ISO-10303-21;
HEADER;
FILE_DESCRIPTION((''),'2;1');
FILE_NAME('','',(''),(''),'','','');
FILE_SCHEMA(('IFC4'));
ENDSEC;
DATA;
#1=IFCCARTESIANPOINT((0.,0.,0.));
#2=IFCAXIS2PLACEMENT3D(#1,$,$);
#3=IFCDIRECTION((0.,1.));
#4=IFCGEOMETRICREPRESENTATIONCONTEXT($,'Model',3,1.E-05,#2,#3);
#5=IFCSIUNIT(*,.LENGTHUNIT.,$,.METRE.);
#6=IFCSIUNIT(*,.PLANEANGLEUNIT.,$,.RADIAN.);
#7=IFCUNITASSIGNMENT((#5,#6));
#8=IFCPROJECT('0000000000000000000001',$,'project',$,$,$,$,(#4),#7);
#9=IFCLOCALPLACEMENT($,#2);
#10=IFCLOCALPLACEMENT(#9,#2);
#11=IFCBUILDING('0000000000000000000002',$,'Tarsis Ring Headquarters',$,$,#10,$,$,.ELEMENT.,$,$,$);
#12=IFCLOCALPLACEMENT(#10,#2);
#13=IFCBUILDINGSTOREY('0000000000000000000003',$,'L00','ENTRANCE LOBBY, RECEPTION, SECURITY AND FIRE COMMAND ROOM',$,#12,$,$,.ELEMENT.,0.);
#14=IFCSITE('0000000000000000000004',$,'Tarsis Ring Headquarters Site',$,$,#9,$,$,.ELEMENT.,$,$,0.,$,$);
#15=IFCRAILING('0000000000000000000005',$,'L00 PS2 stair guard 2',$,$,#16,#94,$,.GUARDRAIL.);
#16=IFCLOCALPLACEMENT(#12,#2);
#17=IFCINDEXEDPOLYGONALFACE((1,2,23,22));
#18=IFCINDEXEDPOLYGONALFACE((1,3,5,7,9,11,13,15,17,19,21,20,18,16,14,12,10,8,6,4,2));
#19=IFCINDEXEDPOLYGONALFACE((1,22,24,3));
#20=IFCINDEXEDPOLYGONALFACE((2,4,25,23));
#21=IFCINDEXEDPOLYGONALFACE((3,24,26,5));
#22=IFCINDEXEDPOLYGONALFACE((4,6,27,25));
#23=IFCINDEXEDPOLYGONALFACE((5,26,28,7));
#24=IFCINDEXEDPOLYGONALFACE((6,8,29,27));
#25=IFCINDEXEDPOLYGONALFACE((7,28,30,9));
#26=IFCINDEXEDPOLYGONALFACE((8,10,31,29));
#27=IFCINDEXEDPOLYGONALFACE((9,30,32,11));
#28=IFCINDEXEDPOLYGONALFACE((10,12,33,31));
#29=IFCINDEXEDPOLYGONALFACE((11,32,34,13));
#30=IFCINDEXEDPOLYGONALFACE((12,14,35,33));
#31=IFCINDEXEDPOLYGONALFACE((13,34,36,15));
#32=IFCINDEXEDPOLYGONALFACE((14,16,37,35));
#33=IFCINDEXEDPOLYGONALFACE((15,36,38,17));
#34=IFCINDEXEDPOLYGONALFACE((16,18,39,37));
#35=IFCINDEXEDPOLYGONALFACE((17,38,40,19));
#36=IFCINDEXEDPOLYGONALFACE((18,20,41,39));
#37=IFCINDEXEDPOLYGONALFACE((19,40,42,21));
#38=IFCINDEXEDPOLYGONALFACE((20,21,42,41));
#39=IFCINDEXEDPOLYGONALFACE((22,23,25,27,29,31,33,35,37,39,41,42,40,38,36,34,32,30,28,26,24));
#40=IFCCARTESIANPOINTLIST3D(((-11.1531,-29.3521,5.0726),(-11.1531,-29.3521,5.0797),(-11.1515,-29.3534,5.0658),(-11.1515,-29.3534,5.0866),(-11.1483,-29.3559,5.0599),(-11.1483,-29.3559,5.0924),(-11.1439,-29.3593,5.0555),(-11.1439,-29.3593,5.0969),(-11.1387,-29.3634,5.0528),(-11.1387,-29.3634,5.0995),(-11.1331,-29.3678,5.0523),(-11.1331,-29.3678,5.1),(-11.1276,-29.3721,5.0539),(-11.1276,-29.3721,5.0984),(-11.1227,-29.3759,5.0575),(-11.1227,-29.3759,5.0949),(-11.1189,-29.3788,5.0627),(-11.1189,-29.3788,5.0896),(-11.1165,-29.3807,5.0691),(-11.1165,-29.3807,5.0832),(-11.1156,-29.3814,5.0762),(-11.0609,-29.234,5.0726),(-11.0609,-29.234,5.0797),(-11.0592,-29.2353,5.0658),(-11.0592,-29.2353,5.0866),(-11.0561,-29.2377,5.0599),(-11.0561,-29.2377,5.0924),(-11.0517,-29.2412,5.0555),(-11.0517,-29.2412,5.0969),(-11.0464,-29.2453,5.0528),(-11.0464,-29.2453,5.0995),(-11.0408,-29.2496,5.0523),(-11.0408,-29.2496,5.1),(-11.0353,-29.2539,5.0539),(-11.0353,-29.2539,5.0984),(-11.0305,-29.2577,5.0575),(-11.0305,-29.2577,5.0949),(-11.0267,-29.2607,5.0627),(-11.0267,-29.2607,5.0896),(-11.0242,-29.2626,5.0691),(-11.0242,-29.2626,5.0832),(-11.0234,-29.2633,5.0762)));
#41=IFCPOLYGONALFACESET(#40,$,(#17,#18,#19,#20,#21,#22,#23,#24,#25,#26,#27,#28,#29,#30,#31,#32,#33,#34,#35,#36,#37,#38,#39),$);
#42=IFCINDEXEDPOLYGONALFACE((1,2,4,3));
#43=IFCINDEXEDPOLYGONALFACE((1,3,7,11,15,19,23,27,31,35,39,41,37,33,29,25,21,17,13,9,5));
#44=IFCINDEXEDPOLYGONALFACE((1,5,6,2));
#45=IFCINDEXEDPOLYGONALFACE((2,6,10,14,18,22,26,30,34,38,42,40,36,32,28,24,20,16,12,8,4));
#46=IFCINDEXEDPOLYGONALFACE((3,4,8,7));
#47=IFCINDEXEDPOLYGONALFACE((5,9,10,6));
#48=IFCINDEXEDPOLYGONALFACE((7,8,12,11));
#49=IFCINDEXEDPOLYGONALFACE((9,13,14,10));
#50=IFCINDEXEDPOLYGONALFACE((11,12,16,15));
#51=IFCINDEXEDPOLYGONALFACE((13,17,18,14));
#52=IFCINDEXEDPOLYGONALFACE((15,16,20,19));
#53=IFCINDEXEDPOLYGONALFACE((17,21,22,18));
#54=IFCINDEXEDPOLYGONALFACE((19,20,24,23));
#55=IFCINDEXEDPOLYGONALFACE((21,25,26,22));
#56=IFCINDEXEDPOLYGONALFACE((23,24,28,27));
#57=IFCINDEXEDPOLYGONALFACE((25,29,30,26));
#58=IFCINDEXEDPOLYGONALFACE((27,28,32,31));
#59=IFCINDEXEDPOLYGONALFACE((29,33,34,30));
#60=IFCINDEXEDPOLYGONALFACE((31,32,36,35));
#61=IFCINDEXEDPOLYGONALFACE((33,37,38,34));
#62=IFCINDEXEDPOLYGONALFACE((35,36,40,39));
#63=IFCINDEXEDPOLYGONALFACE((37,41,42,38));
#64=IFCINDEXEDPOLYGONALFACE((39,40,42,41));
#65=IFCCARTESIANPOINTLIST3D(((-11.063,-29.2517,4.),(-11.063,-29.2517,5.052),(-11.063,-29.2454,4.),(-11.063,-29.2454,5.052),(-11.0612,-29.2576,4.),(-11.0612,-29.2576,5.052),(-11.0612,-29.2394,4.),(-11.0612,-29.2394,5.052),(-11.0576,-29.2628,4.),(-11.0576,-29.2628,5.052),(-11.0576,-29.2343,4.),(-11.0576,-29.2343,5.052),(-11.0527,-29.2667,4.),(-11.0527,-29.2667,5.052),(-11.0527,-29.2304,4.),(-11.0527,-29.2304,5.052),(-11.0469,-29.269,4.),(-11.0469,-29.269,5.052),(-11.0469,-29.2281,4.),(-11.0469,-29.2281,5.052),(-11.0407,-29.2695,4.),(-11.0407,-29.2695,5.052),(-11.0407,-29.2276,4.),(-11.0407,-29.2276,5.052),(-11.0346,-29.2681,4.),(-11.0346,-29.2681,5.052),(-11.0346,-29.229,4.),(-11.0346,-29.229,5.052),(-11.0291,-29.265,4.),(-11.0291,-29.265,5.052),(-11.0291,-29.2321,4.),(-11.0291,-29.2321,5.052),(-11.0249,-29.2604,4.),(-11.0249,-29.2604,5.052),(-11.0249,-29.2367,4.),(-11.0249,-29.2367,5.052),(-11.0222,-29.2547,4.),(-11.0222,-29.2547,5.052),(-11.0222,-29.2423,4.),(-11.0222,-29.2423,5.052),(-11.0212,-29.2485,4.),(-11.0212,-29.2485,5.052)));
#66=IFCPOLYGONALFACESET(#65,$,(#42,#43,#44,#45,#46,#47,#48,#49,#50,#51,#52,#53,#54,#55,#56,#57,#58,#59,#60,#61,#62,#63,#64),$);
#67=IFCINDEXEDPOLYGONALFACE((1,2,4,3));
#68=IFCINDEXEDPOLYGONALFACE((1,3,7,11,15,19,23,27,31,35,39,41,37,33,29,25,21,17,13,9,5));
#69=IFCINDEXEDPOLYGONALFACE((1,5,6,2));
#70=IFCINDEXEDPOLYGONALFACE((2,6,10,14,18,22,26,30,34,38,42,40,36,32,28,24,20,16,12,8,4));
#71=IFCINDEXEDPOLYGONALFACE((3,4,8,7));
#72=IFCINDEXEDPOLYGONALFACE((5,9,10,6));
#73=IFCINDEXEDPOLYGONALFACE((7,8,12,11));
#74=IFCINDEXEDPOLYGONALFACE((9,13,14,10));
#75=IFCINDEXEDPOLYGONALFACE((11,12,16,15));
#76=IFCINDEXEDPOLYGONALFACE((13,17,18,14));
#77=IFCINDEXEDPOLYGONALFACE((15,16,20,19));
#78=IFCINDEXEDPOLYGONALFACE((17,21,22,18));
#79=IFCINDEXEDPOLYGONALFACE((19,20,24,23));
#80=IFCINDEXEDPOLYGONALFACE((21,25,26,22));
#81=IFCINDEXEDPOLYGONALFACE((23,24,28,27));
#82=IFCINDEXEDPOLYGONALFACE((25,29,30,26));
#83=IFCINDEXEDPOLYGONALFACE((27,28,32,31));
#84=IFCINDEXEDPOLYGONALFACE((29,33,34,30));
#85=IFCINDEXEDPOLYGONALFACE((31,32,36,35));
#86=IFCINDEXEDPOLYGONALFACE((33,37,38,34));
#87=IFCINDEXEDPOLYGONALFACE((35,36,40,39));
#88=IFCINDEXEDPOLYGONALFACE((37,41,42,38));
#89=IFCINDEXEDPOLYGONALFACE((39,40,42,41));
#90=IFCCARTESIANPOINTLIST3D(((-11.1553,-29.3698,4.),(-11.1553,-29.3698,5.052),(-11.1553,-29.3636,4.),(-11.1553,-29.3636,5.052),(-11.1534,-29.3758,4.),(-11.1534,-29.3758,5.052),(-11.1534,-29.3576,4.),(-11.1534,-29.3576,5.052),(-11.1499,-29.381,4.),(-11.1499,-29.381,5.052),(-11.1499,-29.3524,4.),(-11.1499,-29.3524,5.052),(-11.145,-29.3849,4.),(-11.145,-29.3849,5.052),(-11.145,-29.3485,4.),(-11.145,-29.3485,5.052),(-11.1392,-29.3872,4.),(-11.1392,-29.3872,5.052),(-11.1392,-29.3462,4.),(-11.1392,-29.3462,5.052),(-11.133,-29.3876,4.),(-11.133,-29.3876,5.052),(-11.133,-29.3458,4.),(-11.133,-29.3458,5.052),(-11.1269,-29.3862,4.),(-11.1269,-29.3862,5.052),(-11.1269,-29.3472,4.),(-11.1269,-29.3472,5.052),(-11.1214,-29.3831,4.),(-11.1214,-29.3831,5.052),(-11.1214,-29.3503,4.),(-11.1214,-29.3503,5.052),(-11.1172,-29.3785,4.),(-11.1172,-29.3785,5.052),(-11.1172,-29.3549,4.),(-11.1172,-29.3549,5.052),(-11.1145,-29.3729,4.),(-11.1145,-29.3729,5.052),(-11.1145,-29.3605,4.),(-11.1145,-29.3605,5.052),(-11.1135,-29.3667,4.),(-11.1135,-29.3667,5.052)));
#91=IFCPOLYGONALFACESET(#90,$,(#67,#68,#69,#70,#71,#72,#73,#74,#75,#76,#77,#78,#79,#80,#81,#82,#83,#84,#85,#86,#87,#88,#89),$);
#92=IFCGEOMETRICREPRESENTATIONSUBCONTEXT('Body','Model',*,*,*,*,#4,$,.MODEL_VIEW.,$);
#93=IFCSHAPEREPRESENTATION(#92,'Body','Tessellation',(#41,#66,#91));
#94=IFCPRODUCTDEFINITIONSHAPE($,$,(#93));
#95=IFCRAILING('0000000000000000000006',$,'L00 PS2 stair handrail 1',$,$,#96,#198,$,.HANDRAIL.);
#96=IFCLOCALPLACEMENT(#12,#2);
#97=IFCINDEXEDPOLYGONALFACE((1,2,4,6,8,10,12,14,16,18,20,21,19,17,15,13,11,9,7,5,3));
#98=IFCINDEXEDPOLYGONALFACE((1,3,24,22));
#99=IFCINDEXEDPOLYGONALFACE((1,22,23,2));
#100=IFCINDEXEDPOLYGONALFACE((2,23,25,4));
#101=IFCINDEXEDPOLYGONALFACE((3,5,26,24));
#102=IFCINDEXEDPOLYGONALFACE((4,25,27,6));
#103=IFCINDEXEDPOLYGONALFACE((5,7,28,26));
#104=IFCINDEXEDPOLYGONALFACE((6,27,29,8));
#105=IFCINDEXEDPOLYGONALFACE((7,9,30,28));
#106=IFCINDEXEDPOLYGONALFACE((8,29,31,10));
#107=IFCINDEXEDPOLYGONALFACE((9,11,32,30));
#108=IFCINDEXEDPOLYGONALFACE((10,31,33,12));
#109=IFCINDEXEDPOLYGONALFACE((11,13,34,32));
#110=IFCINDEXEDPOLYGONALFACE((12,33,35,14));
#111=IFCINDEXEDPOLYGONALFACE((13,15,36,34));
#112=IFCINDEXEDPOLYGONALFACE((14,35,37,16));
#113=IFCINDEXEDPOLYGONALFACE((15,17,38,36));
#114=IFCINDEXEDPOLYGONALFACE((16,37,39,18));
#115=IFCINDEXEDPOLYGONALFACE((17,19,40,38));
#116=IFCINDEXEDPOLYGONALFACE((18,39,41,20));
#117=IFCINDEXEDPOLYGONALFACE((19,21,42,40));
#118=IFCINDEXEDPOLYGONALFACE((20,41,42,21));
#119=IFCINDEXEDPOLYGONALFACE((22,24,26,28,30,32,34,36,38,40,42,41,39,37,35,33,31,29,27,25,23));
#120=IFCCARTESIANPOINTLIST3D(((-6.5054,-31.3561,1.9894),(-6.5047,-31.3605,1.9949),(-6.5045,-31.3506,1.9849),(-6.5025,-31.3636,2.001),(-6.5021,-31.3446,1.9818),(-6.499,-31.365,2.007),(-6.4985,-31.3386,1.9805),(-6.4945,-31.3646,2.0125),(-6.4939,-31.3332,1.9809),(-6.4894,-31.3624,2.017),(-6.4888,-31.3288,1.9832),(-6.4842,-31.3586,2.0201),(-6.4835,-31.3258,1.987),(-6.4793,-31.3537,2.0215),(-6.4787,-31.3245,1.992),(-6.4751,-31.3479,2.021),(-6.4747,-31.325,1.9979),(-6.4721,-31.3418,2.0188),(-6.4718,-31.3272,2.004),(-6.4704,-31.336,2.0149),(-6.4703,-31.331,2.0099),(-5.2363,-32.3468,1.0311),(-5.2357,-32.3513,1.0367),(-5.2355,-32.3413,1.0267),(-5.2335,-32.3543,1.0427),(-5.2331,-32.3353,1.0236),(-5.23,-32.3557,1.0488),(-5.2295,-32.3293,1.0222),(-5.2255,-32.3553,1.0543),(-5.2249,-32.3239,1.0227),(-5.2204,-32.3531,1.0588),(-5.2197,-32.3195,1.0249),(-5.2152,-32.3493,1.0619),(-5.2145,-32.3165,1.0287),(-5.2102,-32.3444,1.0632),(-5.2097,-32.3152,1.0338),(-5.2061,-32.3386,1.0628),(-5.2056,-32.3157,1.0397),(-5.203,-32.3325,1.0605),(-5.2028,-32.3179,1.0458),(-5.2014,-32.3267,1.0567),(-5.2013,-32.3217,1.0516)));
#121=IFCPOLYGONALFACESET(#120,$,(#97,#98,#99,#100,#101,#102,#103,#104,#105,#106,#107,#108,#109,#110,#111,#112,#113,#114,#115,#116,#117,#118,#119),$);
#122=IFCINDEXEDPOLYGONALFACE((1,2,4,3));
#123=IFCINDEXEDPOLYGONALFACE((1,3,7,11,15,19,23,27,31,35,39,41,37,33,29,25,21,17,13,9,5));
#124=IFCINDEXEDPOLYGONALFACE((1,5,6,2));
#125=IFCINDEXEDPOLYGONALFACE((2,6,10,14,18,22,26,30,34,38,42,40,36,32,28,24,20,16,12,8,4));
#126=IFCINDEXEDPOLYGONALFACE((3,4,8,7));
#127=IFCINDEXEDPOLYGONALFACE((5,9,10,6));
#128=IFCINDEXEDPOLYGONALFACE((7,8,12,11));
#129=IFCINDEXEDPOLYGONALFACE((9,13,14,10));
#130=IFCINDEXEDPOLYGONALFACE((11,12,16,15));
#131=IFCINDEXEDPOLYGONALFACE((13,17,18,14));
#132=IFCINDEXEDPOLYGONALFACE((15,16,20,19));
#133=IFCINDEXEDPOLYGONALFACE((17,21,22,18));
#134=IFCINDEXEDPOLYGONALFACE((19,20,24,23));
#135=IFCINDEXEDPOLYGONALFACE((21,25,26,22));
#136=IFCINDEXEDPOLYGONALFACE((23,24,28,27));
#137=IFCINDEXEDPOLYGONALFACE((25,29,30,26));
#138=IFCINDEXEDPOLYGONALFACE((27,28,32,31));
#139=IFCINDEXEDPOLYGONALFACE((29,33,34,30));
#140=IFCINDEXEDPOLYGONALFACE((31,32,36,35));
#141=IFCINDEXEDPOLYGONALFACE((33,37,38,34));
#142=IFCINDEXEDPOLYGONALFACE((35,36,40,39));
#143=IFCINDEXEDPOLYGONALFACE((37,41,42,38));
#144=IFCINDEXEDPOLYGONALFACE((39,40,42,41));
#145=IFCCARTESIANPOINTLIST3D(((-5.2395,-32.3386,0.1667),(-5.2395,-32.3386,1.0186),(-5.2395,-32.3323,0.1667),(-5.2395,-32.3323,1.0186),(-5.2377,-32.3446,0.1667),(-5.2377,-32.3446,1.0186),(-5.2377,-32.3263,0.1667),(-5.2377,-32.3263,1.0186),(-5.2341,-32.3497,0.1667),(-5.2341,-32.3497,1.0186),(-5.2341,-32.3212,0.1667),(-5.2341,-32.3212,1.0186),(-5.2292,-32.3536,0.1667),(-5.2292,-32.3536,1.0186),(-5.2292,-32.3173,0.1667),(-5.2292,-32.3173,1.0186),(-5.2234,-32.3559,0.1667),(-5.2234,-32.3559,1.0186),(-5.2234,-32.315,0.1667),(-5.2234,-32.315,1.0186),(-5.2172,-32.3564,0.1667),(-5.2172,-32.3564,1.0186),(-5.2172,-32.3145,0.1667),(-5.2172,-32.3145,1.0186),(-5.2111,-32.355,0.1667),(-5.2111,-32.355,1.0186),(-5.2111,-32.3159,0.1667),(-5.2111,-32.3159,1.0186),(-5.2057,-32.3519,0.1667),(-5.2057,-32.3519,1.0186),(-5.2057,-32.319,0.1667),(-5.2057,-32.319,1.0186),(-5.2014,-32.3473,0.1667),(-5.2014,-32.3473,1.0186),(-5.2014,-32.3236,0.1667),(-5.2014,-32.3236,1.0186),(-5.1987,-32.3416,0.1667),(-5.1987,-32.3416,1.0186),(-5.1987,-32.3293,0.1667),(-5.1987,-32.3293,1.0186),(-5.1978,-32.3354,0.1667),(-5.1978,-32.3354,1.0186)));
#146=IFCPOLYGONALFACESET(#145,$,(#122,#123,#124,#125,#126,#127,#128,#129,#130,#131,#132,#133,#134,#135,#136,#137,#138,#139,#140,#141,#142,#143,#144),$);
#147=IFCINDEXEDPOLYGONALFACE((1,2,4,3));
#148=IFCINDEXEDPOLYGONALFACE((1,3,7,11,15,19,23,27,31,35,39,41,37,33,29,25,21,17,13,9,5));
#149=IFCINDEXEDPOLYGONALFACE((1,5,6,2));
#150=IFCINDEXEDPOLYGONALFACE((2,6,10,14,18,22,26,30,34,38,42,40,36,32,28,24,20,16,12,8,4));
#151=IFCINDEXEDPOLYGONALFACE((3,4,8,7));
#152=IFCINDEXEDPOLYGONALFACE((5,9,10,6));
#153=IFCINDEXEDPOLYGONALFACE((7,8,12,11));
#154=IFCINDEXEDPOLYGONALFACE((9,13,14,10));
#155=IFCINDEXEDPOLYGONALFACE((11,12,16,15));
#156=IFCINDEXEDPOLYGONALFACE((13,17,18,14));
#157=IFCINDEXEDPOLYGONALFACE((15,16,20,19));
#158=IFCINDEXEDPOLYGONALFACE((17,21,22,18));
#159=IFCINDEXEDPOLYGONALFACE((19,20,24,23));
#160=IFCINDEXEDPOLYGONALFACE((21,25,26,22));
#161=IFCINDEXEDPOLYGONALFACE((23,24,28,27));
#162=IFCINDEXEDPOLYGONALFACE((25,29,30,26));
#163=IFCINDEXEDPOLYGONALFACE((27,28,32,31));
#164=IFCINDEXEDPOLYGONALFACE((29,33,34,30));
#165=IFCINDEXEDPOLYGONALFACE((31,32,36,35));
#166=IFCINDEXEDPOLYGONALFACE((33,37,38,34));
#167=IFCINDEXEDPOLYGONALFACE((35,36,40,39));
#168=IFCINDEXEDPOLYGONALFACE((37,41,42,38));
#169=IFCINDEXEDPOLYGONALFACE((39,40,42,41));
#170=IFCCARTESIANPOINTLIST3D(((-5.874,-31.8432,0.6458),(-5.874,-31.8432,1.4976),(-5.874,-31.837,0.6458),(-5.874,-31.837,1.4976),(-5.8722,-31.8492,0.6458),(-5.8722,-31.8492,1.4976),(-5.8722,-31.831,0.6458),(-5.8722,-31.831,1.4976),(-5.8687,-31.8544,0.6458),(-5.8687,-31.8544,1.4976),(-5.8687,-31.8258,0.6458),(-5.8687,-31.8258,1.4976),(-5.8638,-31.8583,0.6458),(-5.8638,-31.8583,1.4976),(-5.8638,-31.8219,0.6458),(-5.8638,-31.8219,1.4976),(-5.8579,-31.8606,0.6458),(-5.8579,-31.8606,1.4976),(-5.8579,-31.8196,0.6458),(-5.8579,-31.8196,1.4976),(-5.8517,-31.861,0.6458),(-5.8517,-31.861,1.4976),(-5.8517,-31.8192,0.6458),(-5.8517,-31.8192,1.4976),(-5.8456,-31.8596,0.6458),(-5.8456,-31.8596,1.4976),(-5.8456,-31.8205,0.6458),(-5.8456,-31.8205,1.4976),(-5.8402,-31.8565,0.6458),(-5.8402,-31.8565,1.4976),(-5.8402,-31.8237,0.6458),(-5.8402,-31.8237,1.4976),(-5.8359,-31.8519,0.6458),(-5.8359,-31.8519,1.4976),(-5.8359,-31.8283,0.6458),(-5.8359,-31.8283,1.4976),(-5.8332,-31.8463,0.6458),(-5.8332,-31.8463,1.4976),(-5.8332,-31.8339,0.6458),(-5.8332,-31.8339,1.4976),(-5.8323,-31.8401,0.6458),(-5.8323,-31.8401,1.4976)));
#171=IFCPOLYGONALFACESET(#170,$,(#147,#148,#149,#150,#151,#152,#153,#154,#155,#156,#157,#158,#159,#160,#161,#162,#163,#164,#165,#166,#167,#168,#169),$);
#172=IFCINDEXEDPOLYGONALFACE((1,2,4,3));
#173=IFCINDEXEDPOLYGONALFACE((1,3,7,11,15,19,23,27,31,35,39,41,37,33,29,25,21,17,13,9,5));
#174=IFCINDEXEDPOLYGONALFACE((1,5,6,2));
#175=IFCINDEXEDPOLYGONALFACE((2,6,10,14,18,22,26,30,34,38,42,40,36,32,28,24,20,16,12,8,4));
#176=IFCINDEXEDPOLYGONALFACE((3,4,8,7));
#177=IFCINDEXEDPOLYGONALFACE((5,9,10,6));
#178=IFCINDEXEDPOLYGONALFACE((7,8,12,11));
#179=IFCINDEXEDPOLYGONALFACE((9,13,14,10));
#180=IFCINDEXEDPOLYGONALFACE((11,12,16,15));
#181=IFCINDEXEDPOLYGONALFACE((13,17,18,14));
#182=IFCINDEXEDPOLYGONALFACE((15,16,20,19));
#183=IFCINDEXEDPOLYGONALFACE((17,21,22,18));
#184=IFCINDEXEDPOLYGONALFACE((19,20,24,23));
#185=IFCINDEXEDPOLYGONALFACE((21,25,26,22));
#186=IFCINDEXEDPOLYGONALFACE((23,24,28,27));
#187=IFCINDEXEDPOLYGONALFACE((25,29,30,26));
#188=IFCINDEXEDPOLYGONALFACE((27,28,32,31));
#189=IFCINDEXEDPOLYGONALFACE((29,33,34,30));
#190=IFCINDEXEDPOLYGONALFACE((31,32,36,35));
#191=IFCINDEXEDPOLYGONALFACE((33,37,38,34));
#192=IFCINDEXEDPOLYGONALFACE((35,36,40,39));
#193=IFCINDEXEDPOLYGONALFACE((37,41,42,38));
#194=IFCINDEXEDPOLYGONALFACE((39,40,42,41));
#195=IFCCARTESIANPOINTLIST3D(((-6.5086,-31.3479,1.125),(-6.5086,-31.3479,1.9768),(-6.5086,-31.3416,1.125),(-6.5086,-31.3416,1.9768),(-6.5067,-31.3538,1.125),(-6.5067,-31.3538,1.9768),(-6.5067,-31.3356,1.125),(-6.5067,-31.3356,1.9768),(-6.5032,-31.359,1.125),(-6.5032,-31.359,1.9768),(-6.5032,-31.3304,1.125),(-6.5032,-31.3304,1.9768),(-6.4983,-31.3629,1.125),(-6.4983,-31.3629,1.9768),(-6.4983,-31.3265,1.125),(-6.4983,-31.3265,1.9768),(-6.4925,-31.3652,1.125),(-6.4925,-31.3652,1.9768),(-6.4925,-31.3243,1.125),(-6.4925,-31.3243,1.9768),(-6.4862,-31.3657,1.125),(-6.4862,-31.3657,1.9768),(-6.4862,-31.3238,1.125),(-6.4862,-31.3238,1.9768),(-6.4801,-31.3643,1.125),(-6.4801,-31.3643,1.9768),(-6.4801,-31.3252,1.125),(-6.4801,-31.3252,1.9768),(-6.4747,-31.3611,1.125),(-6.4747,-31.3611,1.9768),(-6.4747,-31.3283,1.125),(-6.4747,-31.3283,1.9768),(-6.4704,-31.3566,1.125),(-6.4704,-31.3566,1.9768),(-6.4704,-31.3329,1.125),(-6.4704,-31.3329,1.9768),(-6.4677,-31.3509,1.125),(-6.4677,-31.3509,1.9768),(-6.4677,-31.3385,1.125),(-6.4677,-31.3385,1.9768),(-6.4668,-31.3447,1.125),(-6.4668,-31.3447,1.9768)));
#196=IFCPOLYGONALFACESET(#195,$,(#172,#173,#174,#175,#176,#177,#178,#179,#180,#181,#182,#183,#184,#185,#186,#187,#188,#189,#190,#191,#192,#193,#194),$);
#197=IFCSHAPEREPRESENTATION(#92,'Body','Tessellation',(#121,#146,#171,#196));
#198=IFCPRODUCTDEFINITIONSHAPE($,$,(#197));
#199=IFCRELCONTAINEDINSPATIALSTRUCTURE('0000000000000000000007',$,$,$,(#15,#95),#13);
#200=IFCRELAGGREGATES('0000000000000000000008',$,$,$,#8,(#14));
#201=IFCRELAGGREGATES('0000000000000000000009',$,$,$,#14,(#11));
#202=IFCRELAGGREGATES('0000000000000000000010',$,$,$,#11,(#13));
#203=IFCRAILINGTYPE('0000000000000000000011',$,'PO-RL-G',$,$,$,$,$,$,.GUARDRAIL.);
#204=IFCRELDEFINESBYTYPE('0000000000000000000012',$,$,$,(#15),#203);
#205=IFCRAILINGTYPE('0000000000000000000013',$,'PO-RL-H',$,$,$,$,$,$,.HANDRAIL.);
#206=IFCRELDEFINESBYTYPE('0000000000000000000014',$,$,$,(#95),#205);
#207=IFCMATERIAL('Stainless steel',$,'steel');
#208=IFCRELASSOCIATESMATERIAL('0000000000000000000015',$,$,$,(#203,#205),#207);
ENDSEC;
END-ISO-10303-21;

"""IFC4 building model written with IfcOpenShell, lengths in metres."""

from ifc_helpers import new_model, si_unit, direction, frame, origin, origin_2d, place, context, subcontext, project, spatial, circle, extrude, material, type_object, element, save


model = new_model("IFC4")

# Units and contexts
model_context = context("Model", 3, precision=1e-05, world=origin(), true_north=direction((0.0, 1.0)))
body_context = subcontext(model_context, "Body", "Model", "MODEL_VIEW")
ifc_project = project(units=[si_unit("LENGTHUNIT", "METRE"), si_unit("PLANEANGLEUNIT", "RADIAN")], contexts=[model_context])

# Site, building, storey
site_placement = place(None, origin())
site = spatial("IfcSite", under=ifc_project, at=site_placement, Name="Tarsis Ring Headquarters Site", CompositionType="ELEMENT", RefElevation=0.0)
building_placement = place(site_placement, origin())
building = spatial("IfcBuilding", under=site, at=building_placement, Name="Tarsis Ring Headquarters", CompositionType="ELEMENT")
storey_placement = place(building_placement, origin())
storey = spatial("IfcBuildingStorey", under=building, at=storey_placement, Name="L00", Description="ENTRANCE LOBBY, RECEPTION, SECURITY AND FIRE COMMAND ROOM", CompositionType="ELEMENT", Elevation=0.0)

# Railings
ifc_material_1 = material(Name="Stainless steel", Category="steel")
railing_type_1 = type_object("IfcRailingType", Name="PO-RL-G", PredefinedType="GUARDRAIL", material=ifc_material_1)
railing_1_placement = place(storey_placement, frame((-11.0422, -29.2485, 4.0)))
element("IfcRailing", 1, at=railing_1_placement, inside=storey, type_object=railing_type_1, Name="L00 PS2 stair guard 2", PredefinedType="GUARDRAIL", context=body_context, shape_type="SweptSolid", body=[
    extrude(circle(Radius=0.0239, at=origin_2d()), frame((0.0, 0.0, 1.0762), z_axis=(-0.615518, -0.788123, 0.0), x_axis=(0.788123, -0.615518, 0.0)), (0.0, 0.0, 1.0), 0.1499),
    extrude(circle(Radius=0.021, at=origin_2d()), origin(), (0.0, 0.0, 1.0), 1.052),
    extrude(circle(Radius=0.021, at=origin_2d()), frame((-0.0923, -0.1182, 0.0)), (0.0, 0.0, 1.0), 1.052),
])
railing_type_2 = type_object("IfcRailingType", Name="PO-RL-H", PredefinedType="HANDRAIL", material=ifc_material_1)
railing_2_placement = place(storey_placement, frame((-5.2188, -32.3354, 0.1667)))
element("IfcRailing", 2, at=railing_2_placement, inside=storey, type_object=railing_type_2, Name="L00 PS2 stair handrail 1", PredefinedType="HANDRAIL", context=body_context, shape_type="SweptSolid", body=[
    extrude(circle(Radius=0.0239, at=origin_2d()), frame((0.0, 0.0, 0.876), z_axis=(-0.677341, 0.52879, 0.511459), x_axis=(-0.615367, -0.78824, 0.0)), (0.0, 0.0, 1.0), 1.8735),
    extrude(circle(Radius=0.021, at=origin_2d()), origin(), (0.0, 0.0, 1.0), 0.8518),
    extrude(circle(Radius=0.021, at=origin_2d()), frame((-0.6345, 0.4954, 0.479)), (0.0, 0.0, 1.0), 0.8518),
    extrude(circle(Radius=0.021, at=origin_2d()), frame((-1.269, 0.9907, 0.9583)), (0.0, 0.0, 1.0), 0.8518),
])

save(model, "model.ifc")
